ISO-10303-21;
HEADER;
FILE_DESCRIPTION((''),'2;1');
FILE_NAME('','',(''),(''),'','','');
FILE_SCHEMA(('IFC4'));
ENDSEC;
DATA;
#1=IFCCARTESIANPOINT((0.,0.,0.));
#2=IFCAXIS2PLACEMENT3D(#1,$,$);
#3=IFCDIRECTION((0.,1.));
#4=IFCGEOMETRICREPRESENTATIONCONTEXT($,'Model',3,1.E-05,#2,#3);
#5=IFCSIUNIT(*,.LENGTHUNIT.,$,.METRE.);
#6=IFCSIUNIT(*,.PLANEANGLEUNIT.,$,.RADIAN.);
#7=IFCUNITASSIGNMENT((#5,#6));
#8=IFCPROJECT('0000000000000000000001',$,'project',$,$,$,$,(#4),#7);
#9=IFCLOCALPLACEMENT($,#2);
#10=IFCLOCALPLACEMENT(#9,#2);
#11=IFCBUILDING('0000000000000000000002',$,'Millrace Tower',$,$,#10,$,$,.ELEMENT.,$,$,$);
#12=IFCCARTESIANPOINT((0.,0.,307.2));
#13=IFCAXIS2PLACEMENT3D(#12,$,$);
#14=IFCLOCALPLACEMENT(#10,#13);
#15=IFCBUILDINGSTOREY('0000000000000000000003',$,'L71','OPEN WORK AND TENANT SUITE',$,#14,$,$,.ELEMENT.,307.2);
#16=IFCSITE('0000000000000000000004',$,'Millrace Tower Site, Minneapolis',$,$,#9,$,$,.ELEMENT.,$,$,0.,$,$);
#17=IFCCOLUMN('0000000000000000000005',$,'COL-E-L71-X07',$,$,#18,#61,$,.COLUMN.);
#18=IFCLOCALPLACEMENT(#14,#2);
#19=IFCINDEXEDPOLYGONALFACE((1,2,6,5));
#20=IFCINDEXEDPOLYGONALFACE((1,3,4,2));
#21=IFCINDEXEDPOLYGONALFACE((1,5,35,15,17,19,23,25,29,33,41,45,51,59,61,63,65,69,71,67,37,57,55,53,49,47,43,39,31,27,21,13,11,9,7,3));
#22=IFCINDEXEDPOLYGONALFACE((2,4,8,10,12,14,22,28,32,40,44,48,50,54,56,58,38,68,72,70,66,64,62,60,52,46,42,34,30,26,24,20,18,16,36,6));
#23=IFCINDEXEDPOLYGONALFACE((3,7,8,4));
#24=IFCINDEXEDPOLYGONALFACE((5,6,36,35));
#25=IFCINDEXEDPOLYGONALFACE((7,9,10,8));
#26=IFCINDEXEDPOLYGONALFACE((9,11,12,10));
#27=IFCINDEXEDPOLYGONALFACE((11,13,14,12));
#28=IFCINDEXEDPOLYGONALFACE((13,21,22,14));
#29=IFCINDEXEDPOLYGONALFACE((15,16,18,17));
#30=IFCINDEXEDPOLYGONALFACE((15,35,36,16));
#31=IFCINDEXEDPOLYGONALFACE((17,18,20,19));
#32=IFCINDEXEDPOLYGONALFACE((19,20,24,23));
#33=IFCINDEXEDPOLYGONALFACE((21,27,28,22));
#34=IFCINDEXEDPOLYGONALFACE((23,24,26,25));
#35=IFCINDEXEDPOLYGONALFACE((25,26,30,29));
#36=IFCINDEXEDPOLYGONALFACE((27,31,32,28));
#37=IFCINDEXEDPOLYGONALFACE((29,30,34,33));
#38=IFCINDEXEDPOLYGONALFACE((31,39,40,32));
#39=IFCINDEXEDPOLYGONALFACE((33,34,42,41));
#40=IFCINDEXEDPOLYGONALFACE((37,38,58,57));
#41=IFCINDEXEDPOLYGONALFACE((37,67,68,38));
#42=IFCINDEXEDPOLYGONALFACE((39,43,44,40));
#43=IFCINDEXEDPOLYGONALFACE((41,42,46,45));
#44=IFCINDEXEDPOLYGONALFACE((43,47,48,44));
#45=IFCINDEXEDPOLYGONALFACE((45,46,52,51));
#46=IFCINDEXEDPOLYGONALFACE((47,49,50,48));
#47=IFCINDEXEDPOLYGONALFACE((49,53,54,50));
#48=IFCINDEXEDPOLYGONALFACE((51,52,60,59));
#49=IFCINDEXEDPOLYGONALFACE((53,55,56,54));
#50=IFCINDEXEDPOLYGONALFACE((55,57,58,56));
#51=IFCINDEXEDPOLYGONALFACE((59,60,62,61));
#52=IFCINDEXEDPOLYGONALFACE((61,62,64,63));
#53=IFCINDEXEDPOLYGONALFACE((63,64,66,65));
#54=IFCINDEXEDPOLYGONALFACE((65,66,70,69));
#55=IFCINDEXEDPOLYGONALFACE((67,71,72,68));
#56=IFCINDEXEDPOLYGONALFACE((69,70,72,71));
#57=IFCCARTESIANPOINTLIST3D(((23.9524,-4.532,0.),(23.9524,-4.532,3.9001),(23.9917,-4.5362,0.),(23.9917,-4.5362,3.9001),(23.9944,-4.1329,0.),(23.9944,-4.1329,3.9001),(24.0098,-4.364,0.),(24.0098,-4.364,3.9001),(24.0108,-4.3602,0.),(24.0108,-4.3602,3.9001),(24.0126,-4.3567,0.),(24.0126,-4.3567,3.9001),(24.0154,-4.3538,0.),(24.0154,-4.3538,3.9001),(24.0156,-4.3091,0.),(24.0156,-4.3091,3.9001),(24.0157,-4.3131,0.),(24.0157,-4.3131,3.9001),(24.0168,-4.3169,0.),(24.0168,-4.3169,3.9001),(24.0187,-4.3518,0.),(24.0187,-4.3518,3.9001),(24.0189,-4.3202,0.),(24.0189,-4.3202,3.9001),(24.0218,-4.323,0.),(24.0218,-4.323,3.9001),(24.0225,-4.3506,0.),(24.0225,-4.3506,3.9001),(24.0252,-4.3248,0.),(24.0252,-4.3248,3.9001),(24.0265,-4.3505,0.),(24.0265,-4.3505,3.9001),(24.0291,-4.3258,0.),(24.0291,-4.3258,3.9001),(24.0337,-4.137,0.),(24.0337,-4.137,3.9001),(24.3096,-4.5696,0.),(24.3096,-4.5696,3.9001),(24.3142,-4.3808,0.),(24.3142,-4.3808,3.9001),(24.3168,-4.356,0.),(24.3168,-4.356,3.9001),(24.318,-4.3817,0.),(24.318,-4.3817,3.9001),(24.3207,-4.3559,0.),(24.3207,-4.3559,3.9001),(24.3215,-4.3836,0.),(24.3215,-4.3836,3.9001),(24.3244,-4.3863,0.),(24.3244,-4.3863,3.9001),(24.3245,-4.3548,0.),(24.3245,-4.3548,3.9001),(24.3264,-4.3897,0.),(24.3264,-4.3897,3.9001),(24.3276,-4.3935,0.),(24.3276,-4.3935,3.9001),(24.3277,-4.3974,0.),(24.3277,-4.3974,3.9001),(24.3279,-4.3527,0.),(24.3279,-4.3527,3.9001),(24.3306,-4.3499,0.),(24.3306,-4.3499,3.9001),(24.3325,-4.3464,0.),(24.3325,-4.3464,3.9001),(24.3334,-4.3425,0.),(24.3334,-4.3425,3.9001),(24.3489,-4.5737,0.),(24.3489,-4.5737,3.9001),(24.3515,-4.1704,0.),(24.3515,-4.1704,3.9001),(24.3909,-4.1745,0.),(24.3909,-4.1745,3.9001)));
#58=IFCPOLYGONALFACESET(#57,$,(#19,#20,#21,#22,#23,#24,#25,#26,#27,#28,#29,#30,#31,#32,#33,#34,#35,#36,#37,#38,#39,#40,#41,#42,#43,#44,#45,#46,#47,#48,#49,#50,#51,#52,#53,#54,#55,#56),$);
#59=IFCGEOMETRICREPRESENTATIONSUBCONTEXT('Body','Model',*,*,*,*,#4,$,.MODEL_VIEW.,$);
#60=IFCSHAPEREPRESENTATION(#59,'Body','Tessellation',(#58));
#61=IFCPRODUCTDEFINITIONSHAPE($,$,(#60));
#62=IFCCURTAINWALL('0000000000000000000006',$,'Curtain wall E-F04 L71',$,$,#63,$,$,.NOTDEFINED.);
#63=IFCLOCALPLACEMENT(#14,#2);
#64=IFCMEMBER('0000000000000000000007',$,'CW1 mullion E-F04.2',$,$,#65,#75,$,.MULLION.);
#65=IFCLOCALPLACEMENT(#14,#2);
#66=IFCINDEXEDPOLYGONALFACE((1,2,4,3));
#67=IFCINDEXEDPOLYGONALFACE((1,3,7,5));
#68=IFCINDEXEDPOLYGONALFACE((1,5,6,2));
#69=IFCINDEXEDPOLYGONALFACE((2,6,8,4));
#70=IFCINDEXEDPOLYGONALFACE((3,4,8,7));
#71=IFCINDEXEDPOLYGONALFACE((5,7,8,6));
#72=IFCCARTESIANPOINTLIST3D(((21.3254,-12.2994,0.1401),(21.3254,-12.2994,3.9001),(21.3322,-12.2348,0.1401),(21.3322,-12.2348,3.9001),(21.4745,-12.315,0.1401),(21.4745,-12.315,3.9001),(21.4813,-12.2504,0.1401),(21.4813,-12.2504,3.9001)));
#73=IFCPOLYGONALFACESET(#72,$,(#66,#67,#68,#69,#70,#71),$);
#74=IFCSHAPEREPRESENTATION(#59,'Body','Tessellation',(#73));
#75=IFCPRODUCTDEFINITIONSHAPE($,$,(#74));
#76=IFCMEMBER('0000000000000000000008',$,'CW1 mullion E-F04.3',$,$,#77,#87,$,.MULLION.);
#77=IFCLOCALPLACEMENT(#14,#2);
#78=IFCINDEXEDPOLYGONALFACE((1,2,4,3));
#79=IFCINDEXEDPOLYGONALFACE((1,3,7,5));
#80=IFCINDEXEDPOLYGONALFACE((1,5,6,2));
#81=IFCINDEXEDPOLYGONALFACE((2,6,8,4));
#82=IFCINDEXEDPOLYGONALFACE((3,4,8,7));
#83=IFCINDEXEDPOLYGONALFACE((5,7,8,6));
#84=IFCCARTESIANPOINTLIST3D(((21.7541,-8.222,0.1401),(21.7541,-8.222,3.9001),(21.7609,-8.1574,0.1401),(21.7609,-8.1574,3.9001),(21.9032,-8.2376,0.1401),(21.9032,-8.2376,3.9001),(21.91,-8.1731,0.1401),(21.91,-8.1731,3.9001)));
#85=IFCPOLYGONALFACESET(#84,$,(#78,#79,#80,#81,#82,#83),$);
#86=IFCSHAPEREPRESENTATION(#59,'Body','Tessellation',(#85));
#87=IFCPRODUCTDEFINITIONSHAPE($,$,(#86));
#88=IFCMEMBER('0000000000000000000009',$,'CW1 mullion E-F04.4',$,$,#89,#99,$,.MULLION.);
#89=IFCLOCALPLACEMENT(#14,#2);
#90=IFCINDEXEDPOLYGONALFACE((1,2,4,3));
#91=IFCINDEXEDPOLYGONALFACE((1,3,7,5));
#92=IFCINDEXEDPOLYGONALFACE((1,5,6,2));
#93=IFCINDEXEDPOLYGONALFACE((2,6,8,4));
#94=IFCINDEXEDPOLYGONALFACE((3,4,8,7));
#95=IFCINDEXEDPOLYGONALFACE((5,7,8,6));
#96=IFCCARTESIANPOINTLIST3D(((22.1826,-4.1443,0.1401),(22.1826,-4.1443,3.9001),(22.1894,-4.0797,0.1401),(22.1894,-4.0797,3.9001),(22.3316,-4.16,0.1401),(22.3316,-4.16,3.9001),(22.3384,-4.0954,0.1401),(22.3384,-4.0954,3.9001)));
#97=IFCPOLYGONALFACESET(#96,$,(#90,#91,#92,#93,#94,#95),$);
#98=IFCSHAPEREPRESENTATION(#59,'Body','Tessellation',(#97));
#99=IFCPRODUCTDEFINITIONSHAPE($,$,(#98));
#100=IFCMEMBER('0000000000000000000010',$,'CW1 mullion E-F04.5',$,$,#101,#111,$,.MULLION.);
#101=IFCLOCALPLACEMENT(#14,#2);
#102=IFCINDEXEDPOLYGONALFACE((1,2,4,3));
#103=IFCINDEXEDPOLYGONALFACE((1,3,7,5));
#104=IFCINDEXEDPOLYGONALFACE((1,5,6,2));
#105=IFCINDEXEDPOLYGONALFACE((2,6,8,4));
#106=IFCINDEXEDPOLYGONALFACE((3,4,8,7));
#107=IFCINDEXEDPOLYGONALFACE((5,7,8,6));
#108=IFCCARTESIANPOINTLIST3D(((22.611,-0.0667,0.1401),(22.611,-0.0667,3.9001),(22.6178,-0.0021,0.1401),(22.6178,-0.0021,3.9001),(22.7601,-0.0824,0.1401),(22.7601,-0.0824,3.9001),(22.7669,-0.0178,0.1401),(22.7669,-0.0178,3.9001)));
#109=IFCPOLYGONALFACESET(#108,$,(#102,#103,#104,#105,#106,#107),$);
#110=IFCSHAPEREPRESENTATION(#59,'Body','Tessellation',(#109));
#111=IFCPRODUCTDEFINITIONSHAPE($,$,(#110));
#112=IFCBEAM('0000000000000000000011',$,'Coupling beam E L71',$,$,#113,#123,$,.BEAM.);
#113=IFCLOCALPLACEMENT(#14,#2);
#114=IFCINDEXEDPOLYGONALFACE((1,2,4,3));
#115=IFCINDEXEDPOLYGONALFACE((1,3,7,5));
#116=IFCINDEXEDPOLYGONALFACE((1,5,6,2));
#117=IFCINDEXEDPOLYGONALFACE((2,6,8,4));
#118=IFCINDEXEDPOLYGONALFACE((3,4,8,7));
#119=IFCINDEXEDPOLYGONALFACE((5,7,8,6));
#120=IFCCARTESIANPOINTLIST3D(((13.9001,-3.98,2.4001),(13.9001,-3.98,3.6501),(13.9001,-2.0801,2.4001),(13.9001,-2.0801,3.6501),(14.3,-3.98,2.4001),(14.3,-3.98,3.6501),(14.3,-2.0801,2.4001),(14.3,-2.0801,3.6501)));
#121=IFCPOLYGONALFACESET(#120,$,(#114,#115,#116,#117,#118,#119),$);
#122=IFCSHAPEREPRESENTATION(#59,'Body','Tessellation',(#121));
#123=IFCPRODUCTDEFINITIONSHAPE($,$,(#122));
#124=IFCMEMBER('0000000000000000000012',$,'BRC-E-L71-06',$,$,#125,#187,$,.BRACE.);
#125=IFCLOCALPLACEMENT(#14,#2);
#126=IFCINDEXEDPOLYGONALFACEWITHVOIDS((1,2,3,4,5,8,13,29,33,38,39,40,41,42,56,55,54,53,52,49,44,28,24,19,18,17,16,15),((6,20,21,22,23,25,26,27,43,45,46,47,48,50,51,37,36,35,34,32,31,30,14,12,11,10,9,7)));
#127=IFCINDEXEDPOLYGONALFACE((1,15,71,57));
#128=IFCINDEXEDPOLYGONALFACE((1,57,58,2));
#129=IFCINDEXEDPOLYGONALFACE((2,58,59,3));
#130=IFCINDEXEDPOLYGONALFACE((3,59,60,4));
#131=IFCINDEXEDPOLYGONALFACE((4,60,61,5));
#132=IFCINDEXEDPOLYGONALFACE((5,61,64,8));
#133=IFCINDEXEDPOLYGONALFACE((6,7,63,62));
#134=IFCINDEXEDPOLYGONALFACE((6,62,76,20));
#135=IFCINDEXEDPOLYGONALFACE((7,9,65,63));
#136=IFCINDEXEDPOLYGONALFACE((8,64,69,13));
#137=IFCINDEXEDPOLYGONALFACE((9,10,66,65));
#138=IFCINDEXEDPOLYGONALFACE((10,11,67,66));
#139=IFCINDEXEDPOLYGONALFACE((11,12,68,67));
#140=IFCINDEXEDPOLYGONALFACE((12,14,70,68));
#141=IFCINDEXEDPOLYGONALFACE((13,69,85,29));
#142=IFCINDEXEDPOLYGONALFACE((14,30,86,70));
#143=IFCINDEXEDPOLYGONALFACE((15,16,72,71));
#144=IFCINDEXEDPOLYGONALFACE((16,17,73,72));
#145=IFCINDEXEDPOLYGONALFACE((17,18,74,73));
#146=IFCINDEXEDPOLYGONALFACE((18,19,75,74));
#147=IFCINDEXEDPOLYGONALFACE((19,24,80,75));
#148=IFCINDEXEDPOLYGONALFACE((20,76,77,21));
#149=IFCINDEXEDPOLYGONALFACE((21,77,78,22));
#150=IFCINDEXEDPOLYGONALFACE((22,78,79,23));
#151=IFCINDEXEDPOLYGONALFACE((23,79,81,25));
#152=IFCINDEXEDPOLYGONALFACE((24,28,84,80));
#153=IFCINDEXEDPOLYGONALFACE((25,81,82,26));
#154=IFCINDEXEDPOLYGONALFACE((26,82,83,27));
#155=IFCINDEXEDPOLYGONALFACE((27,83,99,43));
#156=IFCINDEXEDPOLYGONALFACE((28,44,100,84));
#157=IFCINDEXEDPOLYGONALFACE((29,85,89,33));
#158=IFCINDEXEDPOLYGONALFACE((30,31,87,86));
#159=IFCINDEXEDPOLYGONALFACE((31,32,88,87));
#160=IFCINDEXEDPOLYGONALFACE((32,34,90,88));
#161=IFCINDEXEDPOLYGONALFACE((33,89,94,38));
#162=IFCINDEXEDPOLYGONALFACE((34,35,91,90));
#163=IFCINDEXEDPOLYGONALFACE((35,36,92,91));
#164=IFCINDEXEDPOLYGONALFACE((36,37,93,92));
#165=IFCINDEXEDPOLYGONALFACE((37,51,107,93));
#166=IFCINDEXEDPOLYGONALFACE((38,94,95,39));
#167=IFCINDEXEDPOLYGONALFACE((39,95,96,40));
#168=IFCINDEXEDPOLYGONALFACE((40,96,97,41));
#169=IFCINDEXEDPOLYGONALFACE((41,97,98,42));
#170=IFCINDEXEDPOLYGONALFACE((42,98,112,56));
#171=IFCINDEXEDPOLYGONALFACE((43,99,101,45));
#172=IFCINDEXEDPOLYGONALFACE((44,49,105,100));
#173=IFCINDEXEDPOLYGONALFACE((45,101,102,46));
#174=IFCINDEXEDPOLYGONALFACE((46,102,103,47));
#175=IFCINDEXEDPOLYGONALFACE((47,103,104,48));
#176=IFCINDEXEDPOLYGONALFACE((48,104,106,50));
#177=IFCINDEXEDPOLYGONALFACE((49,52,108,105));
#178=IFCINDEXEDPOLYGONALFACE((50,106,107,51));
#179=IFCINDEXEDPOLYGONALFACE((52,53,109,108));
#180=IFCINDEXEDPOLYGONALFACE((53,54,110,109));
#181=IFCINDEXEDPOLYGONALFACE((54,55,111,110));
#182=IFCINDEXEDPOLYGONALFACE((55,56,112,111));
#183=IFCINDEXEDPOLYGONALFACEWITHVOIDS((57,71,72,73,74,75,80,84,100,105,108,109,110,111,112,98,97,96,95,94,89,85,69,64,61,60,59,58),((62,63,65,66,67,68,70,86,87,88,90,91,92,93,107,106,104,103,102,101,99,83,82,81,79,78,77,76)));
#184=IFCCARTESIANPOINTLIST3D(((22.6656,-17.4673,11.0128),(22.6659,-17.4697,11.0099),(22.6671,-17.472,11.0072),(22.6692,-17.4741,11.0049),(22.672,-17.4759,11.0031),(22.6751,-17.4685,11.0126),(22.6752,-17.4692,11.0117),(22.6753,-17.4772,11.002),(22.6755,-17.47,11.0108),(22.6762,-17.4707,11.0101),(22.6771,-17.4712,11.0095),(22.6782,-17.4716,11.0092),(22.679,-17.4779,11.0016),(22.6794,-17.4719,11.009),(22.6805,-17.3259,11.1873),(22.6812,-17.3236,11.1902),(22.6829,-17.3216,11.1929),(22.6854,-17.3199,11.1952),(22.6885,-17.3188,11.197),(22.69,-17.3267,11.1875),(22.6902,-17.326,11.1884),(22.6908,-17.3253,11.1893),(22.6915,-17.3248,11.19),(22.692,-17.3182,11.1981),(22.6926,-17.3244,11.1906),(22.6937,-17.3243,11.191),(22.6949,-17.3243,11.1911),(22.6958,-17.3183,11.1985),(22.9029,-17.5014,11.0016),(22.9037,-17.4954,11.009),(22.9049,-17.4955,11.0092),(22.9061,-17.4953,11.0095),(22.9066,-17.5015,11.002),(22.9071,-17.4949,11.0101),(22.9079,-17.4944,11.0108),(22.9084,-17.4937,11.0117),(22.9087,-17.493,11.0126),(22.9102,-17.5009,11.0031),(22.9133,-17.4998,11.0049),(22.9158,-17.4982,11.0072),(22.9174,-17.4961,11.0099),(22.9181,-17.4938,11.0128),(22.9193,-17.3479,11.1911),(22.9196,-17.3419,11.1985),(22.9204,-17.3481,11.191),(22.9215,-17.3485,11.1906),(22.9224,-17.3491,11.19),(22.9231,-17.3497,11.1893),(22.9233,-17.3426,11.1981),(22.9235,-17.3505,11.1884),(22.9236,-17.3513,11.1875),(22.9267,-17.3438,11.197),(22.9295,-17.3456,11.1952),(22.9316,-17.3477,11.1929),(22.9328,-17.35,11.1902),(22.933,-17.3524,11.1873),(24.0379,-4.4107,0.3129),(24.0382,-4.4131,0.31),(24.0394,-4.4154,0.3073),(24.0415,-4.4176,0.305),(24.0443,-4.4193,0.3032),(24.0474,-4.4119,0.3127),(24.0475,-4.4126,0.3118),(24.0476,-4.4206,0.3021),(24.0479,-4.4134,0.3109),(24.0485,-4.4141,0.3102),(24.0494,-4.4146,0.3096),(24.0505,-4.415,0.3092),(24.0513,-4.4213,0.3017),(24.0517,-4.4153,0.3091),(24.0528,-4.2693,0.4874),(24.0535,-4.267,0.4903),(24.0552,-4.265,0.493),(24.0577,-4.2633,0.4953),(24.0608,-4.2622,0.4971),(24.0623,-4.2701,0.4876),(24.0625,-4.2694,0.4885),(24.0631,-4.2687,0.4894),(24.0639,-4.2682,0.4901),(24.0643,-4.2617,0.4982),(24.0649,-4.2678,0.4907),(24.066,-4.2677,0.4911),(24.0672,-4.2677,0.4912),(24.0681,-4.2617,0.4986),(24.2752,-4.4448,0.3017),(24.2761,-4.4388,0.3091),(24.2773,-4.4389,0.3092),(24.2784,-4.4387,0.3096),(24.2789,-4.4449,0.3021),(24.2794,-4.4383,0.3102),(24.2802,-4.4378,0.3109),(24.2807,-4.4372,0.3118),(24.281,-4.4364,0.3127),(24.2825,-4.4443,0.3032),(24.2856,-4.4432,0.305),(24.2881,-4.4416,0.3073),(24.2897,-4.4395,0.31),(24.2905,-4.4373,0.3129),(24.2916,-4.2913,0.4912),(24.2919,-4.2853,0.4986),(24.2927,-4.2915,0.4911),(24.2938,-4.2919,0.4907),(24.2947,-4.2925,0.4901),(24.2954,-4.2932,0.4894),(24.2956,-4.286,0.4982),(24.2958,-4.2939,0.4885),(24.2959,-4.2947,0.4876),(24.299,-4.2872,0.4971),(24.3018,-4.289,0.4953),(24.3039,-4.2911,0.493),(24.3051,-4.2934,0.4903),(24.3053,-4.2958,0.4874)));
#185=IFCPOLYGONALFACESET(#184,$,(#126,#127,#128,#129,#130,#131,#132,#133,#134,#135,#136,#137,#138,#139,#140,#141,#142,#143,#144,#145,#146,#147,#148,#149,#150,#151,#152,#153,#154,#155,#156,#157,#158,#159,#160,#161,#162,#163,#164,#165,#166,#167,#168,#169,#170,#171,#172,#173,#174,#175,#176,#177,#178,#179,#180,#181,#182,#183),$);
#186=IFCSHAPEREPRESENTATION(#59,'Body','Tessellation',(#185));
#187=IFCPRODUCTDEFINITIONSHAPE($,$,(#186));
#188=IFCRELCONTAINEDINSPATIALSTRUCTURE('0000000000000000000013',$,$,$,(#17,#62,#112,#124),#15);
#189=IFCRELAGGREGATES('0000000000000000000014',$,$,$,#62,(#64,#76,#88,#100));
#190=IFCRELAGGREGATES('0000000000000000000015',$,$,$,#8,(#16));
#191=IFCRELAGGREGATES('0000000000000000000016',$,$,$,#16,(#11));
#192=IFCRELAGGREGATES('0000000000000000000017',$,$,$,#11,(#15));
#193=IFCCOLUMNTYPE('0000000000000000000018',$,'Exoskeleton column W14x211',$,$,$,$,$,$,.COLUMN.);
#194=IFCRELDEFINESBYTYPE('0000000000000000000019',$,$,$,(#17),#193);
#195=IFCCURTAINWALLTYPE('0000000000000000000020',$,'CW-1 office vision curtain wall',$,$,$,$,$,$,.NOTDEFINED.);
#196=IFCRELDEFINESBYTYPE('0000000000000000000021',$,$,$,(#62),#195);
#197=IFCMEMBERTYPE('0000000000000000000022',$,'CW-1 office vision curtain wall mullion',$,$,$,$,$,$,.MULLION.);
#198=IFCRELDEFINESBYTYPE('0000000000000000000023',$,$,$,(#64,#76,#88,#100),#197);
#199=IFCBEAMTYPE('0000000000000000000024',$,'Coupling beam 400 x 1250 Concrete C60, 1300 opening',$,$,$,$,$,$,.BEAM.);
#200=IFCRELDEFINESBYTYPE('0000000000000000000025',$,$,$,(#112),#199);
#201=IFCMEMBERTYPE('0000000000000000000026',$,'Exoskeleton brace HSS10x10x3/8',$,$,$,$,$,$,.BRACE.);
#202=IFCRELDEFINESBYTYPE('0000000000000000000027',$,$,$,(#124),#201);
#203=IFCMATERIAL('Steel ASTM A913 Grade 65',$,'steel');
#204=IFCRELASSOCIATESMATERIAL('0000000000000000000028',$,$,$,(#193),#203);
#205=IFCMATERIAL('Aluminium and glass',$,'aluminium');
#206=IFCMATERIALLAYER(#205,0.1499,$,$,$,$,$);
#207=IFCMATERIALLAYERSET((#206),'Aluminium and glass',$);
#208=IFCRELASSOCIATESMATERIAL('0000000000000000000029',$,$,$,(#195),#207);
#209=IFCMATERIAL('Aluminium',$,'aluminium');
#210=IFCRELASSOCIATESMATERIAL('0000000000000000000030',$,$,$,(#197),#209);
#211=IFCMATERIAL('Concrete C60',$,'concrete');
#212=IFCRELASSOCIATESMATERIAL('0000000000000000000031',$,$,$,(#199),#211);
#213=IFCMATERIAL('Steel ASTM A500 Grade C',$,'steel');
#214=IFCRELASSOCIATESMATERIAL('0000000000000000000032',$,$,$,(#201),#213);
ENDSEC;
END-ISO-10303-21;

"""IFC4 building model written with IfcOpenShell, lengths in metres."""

from ifc_helpers import new_model, si_unit, direction, frame, origin, origin_2d, place, context, subcontext, project, spatial, rectangle, hollow_rectangle, i_section, extrude, material, layer, layer_set, material_profile, profile_set, type_object, element, aggregate, save


model = new_model("IFC4")

# Units and contexts
model_context = context("Model", 3, precision=1e-05, world=origin(), true_north=direction((0.0, 1.0)))
body_context = subcontext(model_context, "Body", "Model", "MODEL_VIEW")
ifc_project = project(units=[si_unit("LENGTHUNIT", "METRE"), si_unit("PLANEANGLEUNIT", "RADIAN")], contexts=[model_context])

# Site, building, storey
site_placement = place(None, origin())
site = spatial("IfcSite", under=ifc_project, at=site_placement, Name="Millrace Tower Site, Minneapolis", CompositionType="ELEMENT", RefElevation=0.0)
building_placement = place(site_placement, origin())
building = spatial("IfcBuilding", under=site, at=building_placement, Name="Millrace Tower", CompositionType="ELEMENT")
storey_placement = place(building_placement, frame((0.0, 0.0, 307.2)))
storey = spatial("IfcBuildingStorey", under=building, at=storey_placement, Name="L71", Description="OPEN WORK AND TENANT SUITE", CompositionType="ELEMENT", Elevation=307.2)

# Column
ifc_material_1 = material(Name="Steel ASTM A913 Grade 65", Category="steel")
ifc_material_profile_1 = material_profile(ifc_material_1, i_section(OverallWidth=0.4014, OverallDepth=0.3987, WebThickness=0.0249, FlangeThickness=0.0396, FilletRadius=0.0151, at=origin_2d()))
ifc_profile_set_1 = profile_set([ifc_material_profile_1], Name="Steel ASTM A913 Grade 65")
column_type = type_object("IfcColumnType", Name="Exoskeleton column W14x211", PredefinedType="COLUMN", material=ifc_profile_set_1)
column_placement = place(storey_placement, frame((24.1716, -4.3533, 0.0), z_axis=(0.0, 0.0, 1.0), x_axis=(0.104528, 0.994522, 0.0)))
element("IfcColumn", 1, at=column_placement, inside=storey, type_object=column_type, Name="COL-E-L71-X07", PredefinedType="COLUMN", context=body_context, shape_type="SweptSolid", body=[
    extrude(i_section(OverallWidth=0.4014, OverallDepth=0.3987, WebThickness=0.0249, FlangeThickness=0.0396, FilletRadius=0.0151, at=origin_2d()), origin(), (0.0, 0.0, 1.0), 3.9001),
])

# Curtain wall, members
ifc_material_2 = material(Name="Aluminium and glass", Category="aluminium")
ifc_layer_1 = layer(ifc_material_2, 0.1499)
ifc_layer_set_1 = layer_set([ifc_layer_1], Name="Aluminium and glass")
curtain_wall_type = type_object("IfcCurtainWallType", Name="CW-1 office vision curtain wall", PredefinedType="NOTDEFINED", material=ifc_layer_set_1)
placement = place(storey_placement, origin())
curtain_wall = element("IfcCurtainWall", 2, at=placement, inside=storey, type_object=curtain_wall_type, Name="Curtain wall E-F04 L71", PredefinedType="NOTDEFINED")
ifc_material_3 = material(Name="Aluminium", Category="aluminium")
ifc_material_profile_2 = material_profile(ifc_material_3, rectangle(XDim=0.0649, YDim=0.1499, at=origin_2d()))
ifc_profile_set_2 = profile_set([ifc_material_profile_2], Name="Aluminium")
member_type_1 = type_object("IfcMemberType", Name="CW-1 office vision curtain wall mullion", PredefinedType="MULLION", material=ifc_profile_set_2)
member_1_placement = place(storey_placement, frame((21.4033, -12.2749, 0.1401), z_axis=(0.0, 0.0, 1.0), x_axis=(0.104528, 0.994522, 0.0)))
member_1 = element("IfcMember", 3, at=member_1_placement, type_object=member_type_1, Name="CW1 mullion E-F04.2", PredefinedType="MULLION", context=body_context, shape_type="SweptSolid", body=[
    extrude(rectangle(XDim=0.0649, YDim=0.1499, at=origin_2d()), origin(), (0.0, 0.0, 1.0), 3.76),
])
member_2_placement = place(storey_placement, frame((21.832, -8.1975, 0.1401), z_axis=(0.0, 0.0, 1.0), x_axis=(0.104528, 0.994522, 0.0)))
member_2 = element("IfcMember", 4, at=member_2_placement, type_object=member_type_1, Name="CW1 mullion E-F04.3", PredefinedType="MULLION", context=body_context, shape_type="SweptSolid", body=[
    extrude(rectangle(XDim=0.0649, YDim=0.1499, at=origin_2d()), origin(), (0.0, 0.0, 1.0), 3.76),
])
member_3_placement = place(storey_placement, frame((22.2605, -4.1199, 0.1401), z_axis=(0.0, 0.0, 1.0), x_axis=(0.104528, 0.994522, 0.0)))
member_3 = element("IfcMember", 5, at=member_3_placement, type_object=member_type_1, Name="CW1 mullion E-F04.4", PredefinedType="MULLION", context=body_context, shape_type="SweptSolid", body=[
    extrude(rectangle(XDim=0.0649, YDim=0.1499, at=origin_2d()), origin(), (0.0, 0.0, 1.0), 3.76),
])
member_4_placement = place(storey_placement, frame((22.689, -0.0422, 0.1401), z_axis=(0.0, 0.0, 1.0), x_axis=(0.104528, 0.994522, 0.0)))
member_4 = element("IfcMember", 6, at=member_4_placement, type_object=member_type_1, Name="CW1 mullion E-F04.5", PredefinedType="MULLION", context=body_context, shape_type="SweptSolid", body=[
    extrude(rectangle(XDim=0.0649, YDim=0.1499, at=origin_2d()), origin(), (0.0, 0.0, 1.0), 3.76),
])
aggregate(curtain_wall, [member_1, member_2, member_3, member_4])

# Beam
ifc_material_4 = material(Name="Concrete C60", Category="concrete")
ifc_material_profile_3 = material_profile(ifc_material_4, rectangle(XDim=0.3999, YDim=1.25, at=origin_2d()))
ifc_profile_set_3 = profile_set([ifc_material_profile_3], Name="Concrete C60")
beam_type_1 = type_object("IfcBeamType", Name="Coupling beam 400 x 1250 Concrete C60, 1300 opening", PredefinedType="BEAM", material=ifc_profile_set_3)
beam_1_placement = place(storey_placement, frame((14.1001, -2.0801, 3.0251), z_axis=(0.0, -1.0, 0.0), x_axis=(1.0, 0.0, 0.0)))
element("IfcBeam", 7, at=beam_1_placement, inside=storey, type_object=beam_type_1, Name="Coupling beam E L71", PredefinedType="BEAM", context=body_context, shape_type="SweptSolid", body=[
    extrude(rectangle(XDim=0.3999, YDim=1.25, at=origin_2d()), origin(), (0.0, 0.0, 1.0), 1.8999),
])

# Member
ifc_material_5 = material(Name="Steel ASTM A500 Grade C", Category="steel")
ifc_material_profile_4 = material_profile(ifc_material_5, hollow_rectangle(XDim=0.2539, YDim=0.2539, WallThickness=0.0095, InnerFilletRadius=0.0046, OuterFilletRadius=0.0144, at=origin_2d()))
ifc_profile_set_4 = profile_set([ifc_material_profile_4], Name="Steel ASTM A500 Grade C")
member_type_2 = type_object("IfcMemberType", Name="Exoskeleton brace HSS10x10x3/8", PredefinedType="BRACE", material=ifc_profile_set_4)
member_5_placement = place(storey_placement, frame((24.1716, -4.3533, 0.4001), z_axis=(-0.081027, -0.770913, 0.631765), x_axis=(0.994522, -0.104529, 0.0)))
element("IfcMember", 8, at=member_5_placement, inside=storey, type_object=member_type_2, Name="BRC-E-L71-06", PredefinedType="BRACE", context=body_context, shape_type="SweptSolid", body=[
    extrude(hollow_rectangle(XDim=0.2539, YDim=0.2539, WallThickness=0.0095, InnerFilletRadius=0.0046, OuterFilletRadius=0.0144, at=origin_2d()), origin(), (0.0, 0.0, 1.0), 16.9365),
])

save(model, "model.ifc")
